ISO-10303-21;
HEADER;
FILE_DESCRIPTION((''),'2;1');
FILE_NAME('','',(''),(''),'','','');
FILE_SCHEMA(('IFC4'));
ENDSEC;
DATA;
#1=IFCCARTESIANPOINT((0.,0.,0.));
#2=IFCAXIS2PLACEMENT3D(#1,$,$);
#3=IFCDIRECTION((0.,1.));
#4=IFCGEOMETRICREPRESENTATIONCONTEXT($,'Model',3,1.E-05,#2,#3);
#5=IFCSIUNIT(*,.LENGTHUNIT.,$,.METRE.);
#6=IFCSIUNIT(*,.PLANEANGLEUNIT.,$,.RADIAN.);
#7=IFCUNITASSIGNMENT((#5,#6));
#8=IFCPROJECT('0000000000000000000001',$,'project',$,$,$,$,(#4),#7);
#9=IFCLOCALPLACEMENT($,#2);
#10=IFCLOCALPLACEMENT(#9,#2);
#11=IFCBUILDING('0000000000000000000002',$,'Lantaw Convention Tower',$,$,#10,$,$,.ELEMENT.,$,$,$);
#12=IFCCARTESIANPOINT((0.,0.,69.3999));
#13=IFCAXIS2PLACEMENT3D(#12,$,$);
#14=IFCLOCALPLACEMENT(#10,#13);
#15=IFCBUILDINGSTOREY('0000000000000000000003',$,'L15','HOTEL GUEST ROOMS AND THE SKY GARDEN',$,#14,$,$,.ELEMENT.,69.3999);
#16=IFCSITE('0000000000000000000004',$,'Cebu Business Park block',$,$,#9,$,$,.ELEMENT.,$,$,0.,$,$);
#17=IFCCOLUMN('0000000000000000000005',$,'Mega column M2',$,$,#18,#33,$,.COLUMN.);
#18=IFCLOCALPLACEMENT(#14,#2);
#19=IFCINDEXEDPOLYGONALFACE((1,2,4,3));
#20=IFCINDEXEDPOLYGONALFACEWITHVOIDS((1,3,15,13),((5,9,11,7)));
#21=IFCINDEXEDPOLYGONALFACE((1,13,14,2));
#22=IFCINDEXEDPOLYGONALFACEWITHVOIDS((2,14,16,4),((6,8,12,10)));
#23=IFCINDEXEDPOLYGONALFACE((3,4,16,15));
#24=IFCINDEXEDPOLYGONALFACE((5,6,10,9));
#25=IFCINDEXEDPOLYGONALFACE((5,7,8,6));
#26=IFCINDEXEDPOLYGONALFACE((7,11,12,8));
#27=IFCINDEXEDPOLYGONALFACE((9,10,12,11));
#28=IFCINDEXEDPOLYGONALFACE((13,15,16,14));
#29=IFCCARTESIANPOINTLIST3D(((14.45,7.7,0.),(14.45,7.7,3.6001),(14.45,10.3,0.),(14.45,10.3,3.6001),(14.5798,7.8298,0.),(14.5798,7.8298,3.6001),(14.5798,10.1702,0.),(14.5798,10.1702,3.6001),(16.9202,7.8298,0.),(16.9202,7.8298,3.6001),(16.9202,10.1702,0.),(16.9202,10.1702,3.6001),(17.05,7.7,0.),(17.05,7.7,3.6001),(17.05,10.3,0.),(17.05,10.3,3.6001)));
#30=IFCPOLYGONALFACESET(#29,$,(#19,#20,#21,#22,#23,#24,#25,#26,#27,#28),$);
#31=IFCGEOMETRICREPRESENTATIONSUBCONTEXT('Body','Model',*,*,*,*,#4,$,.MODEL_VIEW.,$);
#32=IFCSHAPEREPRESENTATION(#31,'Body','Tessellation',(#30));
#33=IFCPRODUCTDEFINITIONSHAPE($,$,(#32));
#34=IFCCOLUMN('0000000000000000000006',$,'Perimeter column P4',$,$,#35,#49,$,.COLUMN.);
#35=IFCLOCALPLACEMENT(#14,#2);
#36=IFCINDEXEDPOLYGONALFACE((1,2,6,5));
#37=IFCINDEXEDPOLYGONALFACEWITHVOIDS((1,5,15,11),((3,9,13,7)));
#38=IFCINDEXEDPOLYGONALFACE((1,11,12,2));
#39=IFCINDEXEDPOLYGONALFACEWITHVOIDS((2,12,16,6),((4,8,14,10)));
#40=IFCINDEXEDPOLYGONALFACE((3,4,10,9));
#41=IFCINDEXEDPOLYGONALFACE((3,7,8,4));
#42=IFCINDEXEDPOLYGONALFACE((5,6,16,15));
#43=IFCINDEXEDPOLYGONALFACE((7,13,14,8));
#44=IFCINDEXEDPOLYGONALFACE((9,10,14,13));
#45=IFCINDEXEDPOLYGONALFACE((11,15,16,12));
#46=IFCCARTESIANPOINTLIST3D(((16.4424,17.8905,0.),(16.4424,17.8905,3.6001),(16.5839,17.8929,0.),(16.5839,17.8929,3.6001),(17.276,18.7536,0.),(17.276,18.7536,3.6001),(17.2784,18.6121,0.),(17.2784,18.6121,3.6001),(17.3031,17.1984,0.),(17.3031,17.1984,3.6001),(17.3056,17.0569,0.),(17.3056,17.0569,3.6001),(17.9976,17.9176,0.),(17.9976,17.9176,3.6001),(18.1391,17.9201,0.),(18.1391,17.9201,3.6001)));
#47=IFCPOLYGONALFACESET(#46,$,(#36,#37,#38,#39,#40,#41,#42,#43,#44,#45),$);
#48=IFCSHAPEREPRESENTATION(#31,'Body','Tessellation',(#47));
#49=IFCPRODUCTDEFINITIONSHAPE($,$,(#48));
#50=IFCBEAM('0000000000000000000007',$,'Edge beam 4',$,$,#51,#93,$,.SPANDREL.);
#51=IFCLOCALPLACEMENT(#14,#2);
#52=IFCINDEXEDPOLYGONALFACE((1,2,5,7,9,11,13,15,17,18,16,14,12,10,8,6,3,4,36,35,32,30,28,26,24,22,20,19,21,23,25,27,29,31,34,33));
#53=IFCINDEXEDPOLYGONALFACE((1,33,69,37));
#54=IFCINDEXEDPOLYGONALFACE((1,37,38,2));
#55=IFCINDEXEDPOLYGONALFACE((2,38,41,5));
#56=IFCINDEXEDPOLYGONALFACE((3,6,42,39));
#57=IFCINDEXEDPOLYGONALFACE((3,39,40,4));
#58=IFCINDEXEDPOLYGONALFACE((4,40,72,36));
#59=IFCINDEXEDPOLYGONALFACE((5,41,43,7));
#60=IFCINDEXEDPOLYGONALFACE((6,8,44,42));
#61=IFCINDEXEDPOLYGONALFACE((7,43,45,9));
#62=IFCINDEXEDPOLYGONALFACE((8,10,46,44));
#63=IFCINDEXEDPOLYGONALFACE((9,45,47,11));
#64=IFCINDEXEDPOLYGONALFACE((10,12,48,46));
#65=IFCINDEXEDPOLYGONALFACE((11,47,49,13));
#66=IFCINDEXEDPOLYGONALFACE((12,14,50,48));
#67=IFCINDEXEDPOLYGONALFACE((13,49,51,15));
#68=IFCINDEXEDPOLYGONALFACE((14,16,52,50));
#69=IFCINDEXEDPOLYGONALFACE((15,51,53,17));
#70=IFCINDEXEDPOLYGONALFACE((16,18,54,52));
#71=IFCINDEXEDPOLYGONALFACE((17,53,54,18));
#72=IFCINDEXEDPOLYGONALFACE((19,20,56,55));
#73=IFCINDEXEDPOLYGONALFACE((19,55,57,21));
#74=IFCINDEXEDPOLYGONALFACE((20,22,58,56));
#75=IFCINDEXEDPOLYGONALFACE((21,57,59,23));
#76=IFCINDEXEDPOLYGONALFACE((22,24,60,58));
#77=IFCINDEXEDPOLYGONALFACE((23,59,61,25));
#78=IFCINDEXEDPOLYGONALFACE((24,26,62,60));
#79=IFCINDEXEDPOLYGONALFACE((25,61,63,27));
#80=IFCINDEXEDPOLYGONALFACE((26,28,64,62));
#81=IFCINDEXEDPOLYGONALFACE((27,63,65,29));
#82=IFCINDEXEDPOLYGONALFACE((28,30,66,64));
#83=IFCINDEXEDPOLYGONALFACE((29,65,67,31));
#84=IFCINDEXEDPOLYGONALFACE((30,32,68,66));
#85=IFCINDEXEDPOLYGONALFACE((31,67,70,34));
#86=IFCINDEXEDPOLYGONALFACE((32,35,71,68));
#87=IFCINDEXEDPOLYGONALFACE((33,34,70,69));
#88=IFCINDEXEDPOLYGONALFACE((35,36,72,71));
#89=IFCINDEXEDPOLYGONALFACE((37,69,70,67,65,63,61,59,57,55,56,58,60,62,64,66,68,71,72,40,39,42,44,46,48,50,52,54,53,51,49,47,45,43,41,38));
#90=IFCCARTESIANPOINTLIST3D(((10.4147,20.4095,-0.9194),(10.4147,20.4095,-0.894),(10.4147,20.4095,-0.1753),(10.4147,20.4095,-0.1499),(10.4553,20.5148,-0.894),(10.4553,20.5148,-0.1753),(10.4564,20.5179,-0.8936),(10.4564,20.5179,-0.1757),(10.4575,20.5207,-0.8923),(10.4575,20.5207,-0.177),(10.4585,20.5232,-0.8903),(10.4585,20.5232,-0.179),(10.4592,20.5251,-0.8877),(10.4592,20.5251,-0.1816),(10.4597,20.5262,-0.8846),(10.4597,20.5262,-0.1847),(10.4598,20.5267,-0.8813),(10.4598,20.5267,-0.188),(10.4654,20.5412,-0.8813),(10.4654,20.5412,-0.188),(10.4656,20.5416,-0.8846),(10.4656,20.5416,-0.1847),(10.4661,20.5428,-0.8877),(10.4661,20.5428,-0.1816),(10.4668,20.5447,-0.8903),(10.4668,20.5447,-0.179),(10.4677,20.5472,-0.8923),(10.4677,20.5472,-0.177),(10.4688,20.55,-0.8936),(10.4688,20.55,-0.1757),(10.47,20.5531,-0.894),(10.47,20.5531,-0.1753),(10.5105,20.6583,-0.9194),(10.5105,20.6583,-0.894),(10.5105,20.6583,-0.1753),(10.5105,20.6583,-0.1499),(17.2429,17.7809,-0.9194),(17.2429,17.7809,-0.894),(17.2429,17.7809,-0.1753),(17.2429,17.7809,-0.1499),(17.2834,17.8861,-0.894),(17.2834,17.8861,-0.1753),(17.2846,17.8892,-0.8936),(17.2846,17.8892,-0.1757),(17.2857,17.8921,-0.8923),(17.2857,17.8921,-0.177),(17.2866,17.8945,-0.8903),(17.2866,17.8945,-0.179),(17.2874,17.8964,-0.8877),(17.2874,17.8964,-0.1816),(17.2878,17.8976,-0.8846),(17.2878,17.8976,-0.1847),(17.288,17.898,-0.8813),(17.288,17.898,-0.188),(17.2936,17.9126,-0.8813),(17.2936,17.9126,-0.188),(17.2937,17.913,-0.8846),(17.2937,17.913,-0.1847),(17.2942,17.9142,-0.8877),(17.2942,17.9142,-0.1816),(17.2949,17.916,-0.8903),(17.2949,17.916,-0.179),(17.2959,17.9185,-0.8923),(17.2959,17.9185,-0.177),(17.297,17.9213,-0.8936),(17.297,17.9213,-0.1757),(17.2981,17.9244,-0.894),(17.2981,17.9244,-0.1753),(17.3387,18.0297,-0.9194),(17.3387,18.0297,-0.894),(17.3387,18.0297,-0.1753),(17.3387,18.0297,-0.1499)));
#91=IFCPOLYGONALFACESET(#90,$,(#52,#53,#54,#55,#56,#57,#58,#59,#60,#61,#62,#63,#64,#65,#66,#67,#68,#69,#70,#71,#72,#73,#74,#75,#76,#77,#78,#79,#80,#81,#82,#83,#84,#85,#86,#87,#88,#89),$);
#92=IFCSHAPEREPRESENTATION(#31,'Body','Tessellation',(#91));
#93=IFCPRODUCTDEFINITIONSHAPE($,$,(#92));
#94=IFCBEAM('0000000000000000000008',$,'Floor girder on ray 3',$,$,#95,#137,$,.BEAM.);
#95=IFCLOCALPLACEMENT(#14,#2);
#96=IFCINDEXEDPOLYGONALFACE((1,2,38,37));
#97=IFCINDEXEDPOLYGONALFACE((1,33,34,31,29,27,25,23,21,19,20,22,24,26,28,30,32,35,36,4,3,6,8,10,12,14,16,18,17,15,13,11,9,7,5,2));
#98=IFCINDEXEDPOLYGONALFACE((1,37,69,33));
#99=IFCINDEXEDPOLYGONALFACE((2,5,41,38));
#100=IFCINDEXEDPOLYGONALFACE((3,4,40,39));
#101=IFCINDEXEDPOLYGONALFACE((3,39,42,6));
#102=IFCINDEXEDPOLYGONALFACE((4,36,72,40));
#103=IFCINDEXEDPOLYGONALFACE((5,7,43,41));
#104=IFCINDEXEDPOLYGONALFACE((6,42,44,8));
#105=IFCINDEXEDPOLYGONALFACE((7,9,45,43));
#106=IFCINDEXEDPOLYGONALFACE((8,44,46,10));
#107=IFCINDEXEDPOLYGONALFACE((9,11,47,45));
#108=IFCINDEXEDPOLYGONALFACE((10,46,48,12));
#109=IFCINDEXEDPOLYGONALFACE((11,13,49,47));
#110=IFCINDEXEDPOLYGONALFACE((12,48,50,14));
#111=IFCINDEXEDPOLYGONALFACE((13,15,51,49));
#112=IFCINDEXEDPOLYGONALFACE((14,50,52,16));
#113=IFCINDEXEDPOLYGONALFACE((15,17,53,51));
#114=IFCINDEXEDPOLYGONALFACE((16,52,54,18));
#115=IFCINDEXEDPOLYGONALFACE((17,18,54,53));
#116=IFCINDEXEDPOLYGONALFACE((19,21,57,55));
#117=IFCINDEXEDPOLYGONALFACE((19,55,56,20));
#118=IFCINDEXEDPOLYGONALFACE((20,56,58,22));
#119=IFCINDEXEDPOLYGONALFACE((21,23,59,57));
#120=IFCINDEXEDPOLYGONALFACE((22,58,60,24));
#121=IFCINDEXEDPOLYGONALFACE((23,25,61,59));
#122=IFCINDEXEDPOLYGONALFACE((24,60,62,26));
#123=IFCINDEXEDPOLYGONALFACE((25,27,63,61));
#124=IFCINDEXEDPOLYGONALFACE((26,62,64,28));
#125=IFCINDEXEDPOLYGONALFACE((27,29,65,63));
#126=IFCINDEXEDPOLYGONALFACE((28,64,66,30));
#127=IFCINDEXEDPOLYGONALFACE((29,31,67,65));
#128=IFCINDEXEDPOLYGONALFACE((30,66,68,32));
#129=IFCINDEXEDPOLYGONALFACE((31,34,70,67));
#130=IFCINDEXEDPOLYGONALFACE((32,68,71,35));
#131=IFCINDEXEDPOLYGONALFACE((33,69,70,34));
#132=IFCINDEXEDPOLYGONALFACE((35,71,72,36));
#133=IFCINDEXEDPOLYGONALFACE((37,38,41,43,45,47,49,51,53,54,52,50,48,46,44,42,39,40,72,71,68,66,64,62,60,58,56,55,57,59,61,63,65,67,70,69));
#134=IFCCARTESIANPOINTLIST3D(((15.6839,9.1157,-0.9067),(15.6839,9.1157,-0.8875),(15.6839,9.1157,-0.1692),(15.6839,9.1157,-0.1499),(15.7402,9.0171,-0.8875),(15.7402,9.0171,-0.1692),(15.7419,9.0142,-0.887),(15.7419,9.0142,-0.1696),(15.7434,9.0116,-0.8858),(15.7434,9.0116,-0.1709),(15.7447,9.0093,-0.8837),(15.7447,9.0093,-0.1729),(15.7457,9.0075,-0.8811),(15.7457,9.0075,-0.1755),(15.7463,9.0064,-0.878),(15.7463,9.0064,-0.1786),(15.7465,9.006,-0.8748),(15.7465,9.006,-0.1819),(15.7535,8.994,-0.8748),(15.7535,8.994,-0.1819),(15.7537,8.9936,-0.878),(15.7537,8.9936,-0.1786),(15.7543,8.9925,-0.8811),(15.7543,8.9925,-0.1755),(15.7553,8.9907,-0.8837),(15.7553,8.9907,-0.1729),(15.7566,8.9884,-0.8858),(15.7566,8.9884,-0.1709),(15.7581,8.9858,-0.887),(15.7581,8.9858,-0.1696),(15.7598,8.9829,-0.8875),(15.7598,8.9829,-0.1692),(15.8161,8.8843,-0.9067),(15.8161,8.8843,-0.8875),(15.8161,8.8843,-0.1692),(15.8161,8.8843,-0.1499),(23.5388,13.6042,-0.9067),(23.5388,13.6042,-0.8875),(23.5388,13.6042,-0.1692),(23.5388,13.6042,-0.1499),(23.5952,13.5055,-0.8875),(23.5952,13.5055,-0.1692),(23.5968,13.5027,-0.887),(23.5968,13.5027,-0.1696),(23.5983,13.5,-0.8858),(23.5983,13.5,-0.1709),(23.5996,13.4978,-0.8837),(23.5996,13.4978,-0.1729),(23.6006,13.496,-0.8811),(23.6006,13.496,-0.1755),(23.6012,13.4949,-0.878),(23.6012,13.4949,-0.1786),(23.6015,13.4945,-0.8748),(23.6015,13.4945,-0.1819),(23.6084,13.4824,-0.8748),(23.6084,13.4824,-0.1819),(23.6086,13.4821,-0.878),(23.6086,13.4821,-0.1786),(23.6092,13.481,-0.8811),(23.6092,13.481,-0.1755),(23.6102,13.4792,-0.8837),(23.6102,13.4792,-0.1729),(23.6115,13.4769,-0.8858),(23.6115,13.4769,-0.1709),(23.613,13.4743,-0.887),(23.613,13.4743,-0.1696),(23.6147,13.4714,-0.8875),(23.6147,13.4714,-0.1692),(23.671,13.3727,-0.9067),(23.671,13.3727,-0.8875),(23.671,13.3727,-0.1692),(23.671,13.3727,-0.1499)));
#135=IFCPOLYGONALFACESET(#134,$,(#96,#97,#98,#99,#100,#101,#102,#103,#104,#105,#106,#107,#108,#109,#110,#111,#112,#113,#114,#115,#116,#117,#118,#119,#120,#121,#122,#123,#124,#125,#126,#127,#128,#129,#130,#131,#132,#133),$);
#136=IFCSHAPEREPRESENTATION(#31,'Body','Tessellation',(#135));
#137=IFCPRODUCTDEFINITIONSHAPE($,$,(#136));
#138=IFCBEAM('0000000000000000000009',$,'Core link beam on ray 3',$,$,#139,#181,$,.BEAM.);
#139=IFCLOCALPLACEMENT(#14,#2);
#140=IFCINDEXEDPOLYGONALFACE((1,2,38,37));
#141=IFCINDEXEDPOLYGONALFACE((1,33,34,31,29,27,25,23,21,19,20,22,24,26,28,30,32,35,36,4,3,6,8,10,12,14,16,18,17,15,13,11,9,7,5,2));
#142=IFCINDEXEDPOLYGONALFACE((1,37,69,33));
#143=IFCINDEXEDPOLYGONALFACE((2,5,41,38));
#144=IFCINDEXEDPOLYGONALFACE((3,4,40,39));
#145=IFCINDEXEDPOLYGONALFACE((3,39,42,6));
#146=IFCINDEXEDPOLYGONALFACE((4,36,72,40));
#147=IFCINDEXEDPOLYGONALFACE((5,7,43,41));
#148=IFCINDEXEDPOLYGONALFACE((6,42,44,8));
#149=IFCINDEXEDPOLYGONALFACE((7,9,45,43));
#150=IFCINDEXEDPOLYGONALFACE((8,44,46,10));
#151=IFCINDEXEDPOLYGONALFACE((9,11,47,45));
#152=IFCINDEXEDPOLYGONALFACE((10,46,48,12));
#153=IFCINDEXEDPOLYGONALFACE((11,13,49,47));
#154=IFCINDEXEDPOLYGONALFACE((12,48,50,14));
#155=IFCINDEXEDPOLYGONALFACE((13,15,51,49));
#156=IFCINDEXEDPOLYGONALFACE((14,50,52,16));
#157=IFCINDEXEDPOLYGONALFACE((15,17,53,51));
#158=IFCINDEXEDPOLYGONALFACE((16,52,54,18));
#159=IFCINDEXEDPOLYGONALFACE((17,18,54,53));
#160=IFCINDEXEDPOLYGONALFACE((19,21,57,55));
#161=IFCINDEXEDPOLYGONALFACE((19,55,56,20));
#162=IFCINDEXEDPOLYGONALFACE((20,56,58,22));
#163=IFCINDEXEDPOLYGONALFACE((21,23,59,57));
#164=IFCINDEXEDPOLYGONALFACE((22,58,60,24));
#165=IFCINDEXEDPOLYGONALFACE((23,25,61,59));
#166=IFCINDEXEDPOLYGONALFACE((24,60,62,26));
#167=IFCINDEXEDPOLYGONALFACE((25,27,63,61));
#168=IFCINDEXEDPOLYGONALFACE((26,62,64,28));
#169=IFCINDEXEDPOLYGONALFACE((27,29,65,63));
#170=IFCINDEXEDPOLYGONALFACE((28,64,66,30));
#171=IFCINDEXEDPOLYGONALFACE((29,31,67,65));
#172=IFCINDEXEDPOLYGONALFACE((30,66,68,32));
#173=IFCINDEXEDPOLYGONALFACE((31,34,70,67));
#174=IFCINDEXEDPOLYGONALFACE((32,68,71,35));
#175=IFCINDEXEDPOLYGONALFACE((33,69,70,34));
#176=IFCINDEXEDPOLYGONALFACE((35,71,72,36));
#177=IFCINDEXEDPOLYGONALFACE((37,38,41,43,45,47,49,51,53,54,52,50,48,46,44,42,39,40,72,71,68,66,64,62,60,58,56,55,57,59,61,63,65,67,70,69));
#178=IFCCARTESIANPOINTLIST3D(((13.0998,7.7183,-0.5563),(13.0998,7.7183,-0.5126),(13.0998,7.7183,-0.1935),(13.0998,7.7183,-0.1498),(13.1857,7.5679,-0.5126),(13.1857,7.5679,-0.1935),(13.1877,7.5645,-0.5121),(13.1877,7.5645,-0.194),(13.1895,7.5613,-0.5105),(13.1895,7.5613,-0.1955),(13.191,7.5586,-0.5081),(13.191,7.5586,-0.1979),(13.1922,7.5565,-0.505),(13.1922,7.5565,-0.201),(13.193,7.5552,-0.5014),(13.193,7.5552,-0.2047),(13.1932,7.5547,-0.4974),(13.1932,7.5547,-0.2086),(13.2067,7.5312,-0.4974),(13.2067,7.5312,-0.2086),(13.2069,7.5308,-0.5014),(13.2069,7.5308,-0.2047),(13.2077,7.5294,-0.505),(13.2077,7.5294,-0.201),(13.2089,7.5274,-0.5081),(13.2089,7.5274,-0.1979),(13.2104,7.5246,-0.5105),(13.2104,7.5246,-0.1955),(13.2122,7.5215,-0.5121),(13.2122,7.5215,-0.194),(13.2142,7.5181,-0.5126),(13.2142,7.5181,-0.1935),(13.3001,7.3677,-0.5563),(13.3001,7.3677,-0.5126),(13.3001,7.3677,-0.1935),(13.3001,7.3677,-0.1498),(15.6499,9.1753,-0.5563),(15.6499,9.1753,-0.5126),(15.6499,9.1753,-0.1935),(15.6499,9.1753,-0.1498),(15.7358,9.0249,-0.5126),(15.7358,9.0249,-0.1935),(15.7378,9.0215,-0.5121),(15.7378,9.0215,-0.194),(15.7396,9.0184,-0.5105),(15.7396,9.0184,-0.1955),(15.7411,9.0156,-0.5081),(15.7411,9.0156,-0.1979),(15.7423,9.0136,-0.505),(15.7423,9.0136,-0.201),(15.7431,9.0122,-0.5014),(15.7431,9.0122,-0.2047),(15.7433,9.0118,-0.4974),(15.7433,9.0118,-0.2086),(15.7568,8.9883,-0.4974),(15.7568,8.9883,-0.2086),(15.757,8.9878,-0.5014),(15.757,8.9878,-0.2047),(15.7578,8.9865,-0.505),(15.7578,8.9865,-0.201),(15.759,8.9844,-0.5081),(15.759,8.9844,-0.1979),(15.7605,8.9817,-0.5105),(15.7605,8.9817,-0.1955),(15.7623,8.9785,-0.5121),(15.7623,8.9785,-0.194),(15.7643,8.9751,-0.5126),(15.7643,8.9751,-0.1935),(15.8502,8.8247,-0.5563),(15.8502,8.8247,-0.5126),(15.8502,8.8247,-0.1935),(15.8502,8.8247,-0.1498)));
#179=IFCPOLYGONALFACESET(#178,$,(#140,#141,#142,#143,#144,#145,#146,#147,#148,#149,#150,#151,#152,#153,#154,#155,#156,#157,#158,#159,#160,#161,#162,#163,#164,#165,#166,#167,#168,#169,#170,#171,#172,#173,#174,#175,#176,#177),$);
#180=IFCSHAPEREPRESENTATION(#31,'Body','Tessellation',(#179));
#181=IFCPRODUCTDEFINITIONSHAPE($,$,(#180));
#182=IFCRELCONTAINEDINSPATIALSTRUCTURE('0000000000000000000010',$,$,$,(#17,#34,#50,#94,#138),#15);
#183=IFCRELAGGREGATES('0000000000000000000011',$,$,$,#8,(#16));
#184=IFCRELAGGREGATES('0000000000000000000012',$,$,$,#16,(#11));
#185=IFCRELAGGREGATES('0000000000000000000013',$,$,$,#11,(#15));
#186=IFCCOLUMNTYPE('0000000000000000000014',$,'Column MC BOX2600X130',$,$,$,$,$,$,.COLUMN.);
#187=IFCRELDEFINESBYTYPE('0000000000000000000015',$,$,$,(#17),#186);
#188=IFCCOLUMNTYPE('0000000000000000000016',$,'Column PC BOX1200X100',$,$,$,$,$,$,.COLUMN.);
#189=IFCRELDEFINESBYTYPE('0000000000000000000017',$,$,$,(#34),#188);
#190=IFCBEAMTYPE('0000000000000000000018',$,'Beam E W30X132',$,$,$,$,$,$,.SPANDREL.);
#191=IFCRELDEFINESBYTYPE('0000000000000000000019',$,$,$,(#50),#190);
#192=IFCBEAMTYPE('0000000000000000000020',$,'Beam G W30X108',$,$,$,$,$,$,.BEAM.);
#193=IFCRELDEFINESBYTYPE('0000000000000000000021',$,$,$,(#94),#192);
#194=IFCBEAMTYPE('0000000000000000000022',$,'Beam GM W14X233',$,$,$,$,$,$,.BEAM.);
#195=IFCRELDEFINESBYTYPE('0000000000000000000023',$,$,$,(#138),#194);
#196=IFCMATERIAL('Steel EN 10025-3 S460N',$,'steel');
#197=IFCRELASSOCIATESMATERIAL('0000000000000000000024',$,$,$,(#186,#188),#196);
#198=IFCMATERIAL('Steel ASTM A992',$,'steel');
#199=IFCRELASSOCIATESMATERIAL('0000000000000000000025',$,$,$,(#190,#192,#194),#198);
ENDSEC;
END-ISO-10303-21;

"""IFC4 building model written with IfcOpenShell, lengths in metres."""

from ifc_helpers import new_model, si_unit, direction, frame, origin, origin_2d, place, context, subcontext, project, spatial, rectangle, hollow_rectangle, i_section, extrude, material, material_profile, profile_set, type_object, element, save


model = new_model("IFC4")

# Units and contexts
model_context = context("Model", 3, precision=1e-05, world=origin(), true_north=direction((0.0, 1.0)))
body_context = subcontext(model_context, "Body", "Model", "MODEL_VIEW")
ifc_project = project(units=[si_unit("LENGTHUNIT", "METRE"), si_unit("PLANEANGLEUNIT", "RADIAN")], contexts=[model_context])

# Site, building, storey
site_placement = place(None, origin())
site = spatial("IfcSite", under=ifc_project, at=site_placement, Name="Cebu Business Park block", CompositionType="ELEMENT", RefElevation=0.0)
building_placement = place(site_placement, origin())
building = spatial("IfcBuilding", under=site, at=building_placement, Name="Lantaw Convention Tower", CompositionType="ELEMENT")
storey_placement = place(building_placement, frame((0.0, 0.0, 69.3999)))
storey = spatial("IfcBuildingStorey", under=building, at=storey_placement, Name="L15", Description="HOTEL GUEST ROOMS AND THE SKY GARDEN", CompositionType="ELEMENT", Elevation=69.3999)

# Columns
ifc_material_1 = material(Name="Steel EN 10025-3 S460N", Category="steel")
ifc_material_profile_1 = material_profile(ifc_material_1, hollow_rectangle(XDim=2.6001, YDim=2.6001, WallThickness=0.1299, at=origin_2d()), Name="BOX2600X130")
ifc_material_2 = material(Name="Concrete C60/75", Category="concrete")
ifc_material_profile_2 = material_profile(ifc_material_2, rectangle(XDim=2.3401, YDim=2.3401, at=origin_2d()), Name="Concrete fill of BOX2600X130")
ifc_profile_set_1 = profile_set([ifc_material_profile_1, ifc_material_profile_2], Name="Steel EN 10025-3 S460N")
column_type_1 = type_object("IfcColumnType", Name="Column MC BOX2600X130", PredefinedType="COLUMN", material=ifc_profile_set_1)
column_1_placement = place(storey_placement, frame((15.75, 9.0, 0.0), z_axis=(0.0, 0.0, 1.0), x_axis=(1.0, 0.0, 0.0)))
element("IfcColumn", 1, at=column_1_placement, inside=storey, type_object=column_type_1, Name="Mega column M2", PredefinedType="COLUMN", context=body_context, shape_type="SweptSolid", body=[
    extrude(hollow_rectangle(XDim=2.6001, YDim=2.6001, WallThickness=0.1299, at=origin_2d()), origin(), (0.0, 0.0, 1.0), 3.6001),
])
ifc_material_profile_3 = material_profile(ifc_material_1, hollow_rectangle(XDim=1.2, YDim=1.2, WallThickness=0.1001, at=origin_2d()), Name="BOX1200X100")
ifc_material_profile_4 = material_profile(ifc_material_2, rectangle(XDim=1.0, YDim=1.0, at=origin_2d()), Name="Concrete fill of BOX1200X100")
ifc_profile_set_2 = profile_set([ifc_material_profile_3, ifc_material_profile_4], Name="Steel EN 10025-3 S460N")
column_type_2 = type_object("IfcColumnType", Name="Column PC BOX1200X100", PredefinedType="COLUMN", material=ifc_profile_set_2)
column_2_placement = place(storey_placement, frame((17.2908, 17.9053, 0.0), z_axis=(0.0, 0.0, 1.0), x_axis=(0.694658, 0.71934, 0.0)))
element("IfcColumn", 2, at=column_2_placement, inside=storey, type_object=column_type_2, Name="Perimeter column P4", PredefinedType="COLUMN", context=body_context, shape_type="SweptSolid", body=[
    extrude(hollow_rectangle(XDim=1.2, YDim=1.2, WallThickness=0.1001, at=origin_2d()), origin(), (0.0, 0.0, 1.0), 3.6001),
])

# Beams
ifc_material_3 = material(Name="Steel ASTM A992", Category="steel")
ifc_material_profile_5 = material_profile(ifc_material_3, i_section(OverallWidth=0.2666, OverallDepth=0.7695, WebThickness=0.0156, FlangeThickness=0.0254, FilletRadius=0.0127, at=origin_2d()), Name="W30X132")
ifc_profile_set_3 = profile_set([ifc_material_profile_5], Name="Steel ASTM A992")
beam_type_1 = type_object("IfcBeamType", Name="Beam E W30X132", PredefinedType="SPANDREL", material=ifc_profile_set_3)
beam_1_placement = place(storey_placement, frame((17.2908, 17.9053, -0.5347), z_axis=(-0.933233, 0.359272, 0.0), x_axis=(-0.359272, -0.933233, 0.0)))
element("IfcBeam", 3, at=beam_1_placement, inside=storey, type_object=beam_type_1, Name="Edge beam 4", PredefinedType="SPANDREL", context=body_context, shape_type="SweptSolid", body=[
    extrude(i_section(OverallWidth=0.2666, OverallDepth=0.7695, WebThickness=0.0156, FlangeThickness=0.0254, FilletRadius=0.0127, at=origin_2d()), origin(), (0.0, 0.0, 1.0), 7.3167),
])
ifc_material_profile_6 = material_profile(ifc_material_3, i_section(OverallWidth=0.2666, OverallDepth=0.7568, WebThickness=0.0139, FlangeThickness=0.0193, FilletRadius=0.0127, at=origin_2d()), Name="W30X108")
ifc_profile_set_4 = profile_set([ifc_material_profile_6], Name="Steel ASTM A992")
beam_type_2 = type_object("IfcBeamType", Name="Beam G W30X108", PredefinedType="BEAM", material=ifc_profile_set_4)
beam_2_placement = place(storey_placement, frame((15.75, 9.0, -0.5283), z_axis=(0.868245, 0.496136, 0.0), x_axis=(-0.496136, 0.868245, 0.0)))
element("IfcBeam", 4, at=beam_2_placement, inside=storey, type_object=beam_type_2, Name="Floor girder on ray 3", PredefinedType="BEAM", context=body_context, shape_type="SweptSolid", body=[
    extrude(i_section(OverallWidth=0.2666, OverallDepth=0.7568, WebThickness=0.0139, FlangeThickness=0.0193, FilletRadius=0.0127, at=origin_2d()), origin(), (0.0, 0.0, 1.0), 9.0469),
])
ifc_material_profile_7 = material_profile(ifc_material_3, i_section(OverallWidth=0.4038, OverallDepth=0.4065, WebThickness=0.0271, FlangeThickness=0.0437, FilletRadius=0.0151, at=origin_2d()), Name="W14X233")
ifc_profile_set_5 = profile_set([ifc_material_profile_7], Name="Steel ASTM A992")
beam_type_3 = type_object("IfcBeamType", Name="Beam GM W14X233", PredefinedType="BEAM", material=ifc_profile_set_5)
beam_3_placement = place(storey_placement, frame((13.2, 7.543, -0.353), z_axis=(0.868264, 0.496103, 0.0), x_axis=(-0.496103, 0.868264, 0.0)))
element("IfcBeam", 5, at=beam_3_placement, inside=storey, type_object=beam_type_3, Name="Core link beam on ray 3", PredefinedType="BEAM", context=body_context, shape_type="SweptSolid", body=[
    extrude(i_section(OverallWidth=0.4038, OverallDepth=0.4065, WebThickness=0.0271, FlangeThickness=0.0437, FilletRadius=0.0151, at=origin_2d()), origin(), (0.0, 0.0, 1.0), 2.937),
])

save(model, "model.ifc")
